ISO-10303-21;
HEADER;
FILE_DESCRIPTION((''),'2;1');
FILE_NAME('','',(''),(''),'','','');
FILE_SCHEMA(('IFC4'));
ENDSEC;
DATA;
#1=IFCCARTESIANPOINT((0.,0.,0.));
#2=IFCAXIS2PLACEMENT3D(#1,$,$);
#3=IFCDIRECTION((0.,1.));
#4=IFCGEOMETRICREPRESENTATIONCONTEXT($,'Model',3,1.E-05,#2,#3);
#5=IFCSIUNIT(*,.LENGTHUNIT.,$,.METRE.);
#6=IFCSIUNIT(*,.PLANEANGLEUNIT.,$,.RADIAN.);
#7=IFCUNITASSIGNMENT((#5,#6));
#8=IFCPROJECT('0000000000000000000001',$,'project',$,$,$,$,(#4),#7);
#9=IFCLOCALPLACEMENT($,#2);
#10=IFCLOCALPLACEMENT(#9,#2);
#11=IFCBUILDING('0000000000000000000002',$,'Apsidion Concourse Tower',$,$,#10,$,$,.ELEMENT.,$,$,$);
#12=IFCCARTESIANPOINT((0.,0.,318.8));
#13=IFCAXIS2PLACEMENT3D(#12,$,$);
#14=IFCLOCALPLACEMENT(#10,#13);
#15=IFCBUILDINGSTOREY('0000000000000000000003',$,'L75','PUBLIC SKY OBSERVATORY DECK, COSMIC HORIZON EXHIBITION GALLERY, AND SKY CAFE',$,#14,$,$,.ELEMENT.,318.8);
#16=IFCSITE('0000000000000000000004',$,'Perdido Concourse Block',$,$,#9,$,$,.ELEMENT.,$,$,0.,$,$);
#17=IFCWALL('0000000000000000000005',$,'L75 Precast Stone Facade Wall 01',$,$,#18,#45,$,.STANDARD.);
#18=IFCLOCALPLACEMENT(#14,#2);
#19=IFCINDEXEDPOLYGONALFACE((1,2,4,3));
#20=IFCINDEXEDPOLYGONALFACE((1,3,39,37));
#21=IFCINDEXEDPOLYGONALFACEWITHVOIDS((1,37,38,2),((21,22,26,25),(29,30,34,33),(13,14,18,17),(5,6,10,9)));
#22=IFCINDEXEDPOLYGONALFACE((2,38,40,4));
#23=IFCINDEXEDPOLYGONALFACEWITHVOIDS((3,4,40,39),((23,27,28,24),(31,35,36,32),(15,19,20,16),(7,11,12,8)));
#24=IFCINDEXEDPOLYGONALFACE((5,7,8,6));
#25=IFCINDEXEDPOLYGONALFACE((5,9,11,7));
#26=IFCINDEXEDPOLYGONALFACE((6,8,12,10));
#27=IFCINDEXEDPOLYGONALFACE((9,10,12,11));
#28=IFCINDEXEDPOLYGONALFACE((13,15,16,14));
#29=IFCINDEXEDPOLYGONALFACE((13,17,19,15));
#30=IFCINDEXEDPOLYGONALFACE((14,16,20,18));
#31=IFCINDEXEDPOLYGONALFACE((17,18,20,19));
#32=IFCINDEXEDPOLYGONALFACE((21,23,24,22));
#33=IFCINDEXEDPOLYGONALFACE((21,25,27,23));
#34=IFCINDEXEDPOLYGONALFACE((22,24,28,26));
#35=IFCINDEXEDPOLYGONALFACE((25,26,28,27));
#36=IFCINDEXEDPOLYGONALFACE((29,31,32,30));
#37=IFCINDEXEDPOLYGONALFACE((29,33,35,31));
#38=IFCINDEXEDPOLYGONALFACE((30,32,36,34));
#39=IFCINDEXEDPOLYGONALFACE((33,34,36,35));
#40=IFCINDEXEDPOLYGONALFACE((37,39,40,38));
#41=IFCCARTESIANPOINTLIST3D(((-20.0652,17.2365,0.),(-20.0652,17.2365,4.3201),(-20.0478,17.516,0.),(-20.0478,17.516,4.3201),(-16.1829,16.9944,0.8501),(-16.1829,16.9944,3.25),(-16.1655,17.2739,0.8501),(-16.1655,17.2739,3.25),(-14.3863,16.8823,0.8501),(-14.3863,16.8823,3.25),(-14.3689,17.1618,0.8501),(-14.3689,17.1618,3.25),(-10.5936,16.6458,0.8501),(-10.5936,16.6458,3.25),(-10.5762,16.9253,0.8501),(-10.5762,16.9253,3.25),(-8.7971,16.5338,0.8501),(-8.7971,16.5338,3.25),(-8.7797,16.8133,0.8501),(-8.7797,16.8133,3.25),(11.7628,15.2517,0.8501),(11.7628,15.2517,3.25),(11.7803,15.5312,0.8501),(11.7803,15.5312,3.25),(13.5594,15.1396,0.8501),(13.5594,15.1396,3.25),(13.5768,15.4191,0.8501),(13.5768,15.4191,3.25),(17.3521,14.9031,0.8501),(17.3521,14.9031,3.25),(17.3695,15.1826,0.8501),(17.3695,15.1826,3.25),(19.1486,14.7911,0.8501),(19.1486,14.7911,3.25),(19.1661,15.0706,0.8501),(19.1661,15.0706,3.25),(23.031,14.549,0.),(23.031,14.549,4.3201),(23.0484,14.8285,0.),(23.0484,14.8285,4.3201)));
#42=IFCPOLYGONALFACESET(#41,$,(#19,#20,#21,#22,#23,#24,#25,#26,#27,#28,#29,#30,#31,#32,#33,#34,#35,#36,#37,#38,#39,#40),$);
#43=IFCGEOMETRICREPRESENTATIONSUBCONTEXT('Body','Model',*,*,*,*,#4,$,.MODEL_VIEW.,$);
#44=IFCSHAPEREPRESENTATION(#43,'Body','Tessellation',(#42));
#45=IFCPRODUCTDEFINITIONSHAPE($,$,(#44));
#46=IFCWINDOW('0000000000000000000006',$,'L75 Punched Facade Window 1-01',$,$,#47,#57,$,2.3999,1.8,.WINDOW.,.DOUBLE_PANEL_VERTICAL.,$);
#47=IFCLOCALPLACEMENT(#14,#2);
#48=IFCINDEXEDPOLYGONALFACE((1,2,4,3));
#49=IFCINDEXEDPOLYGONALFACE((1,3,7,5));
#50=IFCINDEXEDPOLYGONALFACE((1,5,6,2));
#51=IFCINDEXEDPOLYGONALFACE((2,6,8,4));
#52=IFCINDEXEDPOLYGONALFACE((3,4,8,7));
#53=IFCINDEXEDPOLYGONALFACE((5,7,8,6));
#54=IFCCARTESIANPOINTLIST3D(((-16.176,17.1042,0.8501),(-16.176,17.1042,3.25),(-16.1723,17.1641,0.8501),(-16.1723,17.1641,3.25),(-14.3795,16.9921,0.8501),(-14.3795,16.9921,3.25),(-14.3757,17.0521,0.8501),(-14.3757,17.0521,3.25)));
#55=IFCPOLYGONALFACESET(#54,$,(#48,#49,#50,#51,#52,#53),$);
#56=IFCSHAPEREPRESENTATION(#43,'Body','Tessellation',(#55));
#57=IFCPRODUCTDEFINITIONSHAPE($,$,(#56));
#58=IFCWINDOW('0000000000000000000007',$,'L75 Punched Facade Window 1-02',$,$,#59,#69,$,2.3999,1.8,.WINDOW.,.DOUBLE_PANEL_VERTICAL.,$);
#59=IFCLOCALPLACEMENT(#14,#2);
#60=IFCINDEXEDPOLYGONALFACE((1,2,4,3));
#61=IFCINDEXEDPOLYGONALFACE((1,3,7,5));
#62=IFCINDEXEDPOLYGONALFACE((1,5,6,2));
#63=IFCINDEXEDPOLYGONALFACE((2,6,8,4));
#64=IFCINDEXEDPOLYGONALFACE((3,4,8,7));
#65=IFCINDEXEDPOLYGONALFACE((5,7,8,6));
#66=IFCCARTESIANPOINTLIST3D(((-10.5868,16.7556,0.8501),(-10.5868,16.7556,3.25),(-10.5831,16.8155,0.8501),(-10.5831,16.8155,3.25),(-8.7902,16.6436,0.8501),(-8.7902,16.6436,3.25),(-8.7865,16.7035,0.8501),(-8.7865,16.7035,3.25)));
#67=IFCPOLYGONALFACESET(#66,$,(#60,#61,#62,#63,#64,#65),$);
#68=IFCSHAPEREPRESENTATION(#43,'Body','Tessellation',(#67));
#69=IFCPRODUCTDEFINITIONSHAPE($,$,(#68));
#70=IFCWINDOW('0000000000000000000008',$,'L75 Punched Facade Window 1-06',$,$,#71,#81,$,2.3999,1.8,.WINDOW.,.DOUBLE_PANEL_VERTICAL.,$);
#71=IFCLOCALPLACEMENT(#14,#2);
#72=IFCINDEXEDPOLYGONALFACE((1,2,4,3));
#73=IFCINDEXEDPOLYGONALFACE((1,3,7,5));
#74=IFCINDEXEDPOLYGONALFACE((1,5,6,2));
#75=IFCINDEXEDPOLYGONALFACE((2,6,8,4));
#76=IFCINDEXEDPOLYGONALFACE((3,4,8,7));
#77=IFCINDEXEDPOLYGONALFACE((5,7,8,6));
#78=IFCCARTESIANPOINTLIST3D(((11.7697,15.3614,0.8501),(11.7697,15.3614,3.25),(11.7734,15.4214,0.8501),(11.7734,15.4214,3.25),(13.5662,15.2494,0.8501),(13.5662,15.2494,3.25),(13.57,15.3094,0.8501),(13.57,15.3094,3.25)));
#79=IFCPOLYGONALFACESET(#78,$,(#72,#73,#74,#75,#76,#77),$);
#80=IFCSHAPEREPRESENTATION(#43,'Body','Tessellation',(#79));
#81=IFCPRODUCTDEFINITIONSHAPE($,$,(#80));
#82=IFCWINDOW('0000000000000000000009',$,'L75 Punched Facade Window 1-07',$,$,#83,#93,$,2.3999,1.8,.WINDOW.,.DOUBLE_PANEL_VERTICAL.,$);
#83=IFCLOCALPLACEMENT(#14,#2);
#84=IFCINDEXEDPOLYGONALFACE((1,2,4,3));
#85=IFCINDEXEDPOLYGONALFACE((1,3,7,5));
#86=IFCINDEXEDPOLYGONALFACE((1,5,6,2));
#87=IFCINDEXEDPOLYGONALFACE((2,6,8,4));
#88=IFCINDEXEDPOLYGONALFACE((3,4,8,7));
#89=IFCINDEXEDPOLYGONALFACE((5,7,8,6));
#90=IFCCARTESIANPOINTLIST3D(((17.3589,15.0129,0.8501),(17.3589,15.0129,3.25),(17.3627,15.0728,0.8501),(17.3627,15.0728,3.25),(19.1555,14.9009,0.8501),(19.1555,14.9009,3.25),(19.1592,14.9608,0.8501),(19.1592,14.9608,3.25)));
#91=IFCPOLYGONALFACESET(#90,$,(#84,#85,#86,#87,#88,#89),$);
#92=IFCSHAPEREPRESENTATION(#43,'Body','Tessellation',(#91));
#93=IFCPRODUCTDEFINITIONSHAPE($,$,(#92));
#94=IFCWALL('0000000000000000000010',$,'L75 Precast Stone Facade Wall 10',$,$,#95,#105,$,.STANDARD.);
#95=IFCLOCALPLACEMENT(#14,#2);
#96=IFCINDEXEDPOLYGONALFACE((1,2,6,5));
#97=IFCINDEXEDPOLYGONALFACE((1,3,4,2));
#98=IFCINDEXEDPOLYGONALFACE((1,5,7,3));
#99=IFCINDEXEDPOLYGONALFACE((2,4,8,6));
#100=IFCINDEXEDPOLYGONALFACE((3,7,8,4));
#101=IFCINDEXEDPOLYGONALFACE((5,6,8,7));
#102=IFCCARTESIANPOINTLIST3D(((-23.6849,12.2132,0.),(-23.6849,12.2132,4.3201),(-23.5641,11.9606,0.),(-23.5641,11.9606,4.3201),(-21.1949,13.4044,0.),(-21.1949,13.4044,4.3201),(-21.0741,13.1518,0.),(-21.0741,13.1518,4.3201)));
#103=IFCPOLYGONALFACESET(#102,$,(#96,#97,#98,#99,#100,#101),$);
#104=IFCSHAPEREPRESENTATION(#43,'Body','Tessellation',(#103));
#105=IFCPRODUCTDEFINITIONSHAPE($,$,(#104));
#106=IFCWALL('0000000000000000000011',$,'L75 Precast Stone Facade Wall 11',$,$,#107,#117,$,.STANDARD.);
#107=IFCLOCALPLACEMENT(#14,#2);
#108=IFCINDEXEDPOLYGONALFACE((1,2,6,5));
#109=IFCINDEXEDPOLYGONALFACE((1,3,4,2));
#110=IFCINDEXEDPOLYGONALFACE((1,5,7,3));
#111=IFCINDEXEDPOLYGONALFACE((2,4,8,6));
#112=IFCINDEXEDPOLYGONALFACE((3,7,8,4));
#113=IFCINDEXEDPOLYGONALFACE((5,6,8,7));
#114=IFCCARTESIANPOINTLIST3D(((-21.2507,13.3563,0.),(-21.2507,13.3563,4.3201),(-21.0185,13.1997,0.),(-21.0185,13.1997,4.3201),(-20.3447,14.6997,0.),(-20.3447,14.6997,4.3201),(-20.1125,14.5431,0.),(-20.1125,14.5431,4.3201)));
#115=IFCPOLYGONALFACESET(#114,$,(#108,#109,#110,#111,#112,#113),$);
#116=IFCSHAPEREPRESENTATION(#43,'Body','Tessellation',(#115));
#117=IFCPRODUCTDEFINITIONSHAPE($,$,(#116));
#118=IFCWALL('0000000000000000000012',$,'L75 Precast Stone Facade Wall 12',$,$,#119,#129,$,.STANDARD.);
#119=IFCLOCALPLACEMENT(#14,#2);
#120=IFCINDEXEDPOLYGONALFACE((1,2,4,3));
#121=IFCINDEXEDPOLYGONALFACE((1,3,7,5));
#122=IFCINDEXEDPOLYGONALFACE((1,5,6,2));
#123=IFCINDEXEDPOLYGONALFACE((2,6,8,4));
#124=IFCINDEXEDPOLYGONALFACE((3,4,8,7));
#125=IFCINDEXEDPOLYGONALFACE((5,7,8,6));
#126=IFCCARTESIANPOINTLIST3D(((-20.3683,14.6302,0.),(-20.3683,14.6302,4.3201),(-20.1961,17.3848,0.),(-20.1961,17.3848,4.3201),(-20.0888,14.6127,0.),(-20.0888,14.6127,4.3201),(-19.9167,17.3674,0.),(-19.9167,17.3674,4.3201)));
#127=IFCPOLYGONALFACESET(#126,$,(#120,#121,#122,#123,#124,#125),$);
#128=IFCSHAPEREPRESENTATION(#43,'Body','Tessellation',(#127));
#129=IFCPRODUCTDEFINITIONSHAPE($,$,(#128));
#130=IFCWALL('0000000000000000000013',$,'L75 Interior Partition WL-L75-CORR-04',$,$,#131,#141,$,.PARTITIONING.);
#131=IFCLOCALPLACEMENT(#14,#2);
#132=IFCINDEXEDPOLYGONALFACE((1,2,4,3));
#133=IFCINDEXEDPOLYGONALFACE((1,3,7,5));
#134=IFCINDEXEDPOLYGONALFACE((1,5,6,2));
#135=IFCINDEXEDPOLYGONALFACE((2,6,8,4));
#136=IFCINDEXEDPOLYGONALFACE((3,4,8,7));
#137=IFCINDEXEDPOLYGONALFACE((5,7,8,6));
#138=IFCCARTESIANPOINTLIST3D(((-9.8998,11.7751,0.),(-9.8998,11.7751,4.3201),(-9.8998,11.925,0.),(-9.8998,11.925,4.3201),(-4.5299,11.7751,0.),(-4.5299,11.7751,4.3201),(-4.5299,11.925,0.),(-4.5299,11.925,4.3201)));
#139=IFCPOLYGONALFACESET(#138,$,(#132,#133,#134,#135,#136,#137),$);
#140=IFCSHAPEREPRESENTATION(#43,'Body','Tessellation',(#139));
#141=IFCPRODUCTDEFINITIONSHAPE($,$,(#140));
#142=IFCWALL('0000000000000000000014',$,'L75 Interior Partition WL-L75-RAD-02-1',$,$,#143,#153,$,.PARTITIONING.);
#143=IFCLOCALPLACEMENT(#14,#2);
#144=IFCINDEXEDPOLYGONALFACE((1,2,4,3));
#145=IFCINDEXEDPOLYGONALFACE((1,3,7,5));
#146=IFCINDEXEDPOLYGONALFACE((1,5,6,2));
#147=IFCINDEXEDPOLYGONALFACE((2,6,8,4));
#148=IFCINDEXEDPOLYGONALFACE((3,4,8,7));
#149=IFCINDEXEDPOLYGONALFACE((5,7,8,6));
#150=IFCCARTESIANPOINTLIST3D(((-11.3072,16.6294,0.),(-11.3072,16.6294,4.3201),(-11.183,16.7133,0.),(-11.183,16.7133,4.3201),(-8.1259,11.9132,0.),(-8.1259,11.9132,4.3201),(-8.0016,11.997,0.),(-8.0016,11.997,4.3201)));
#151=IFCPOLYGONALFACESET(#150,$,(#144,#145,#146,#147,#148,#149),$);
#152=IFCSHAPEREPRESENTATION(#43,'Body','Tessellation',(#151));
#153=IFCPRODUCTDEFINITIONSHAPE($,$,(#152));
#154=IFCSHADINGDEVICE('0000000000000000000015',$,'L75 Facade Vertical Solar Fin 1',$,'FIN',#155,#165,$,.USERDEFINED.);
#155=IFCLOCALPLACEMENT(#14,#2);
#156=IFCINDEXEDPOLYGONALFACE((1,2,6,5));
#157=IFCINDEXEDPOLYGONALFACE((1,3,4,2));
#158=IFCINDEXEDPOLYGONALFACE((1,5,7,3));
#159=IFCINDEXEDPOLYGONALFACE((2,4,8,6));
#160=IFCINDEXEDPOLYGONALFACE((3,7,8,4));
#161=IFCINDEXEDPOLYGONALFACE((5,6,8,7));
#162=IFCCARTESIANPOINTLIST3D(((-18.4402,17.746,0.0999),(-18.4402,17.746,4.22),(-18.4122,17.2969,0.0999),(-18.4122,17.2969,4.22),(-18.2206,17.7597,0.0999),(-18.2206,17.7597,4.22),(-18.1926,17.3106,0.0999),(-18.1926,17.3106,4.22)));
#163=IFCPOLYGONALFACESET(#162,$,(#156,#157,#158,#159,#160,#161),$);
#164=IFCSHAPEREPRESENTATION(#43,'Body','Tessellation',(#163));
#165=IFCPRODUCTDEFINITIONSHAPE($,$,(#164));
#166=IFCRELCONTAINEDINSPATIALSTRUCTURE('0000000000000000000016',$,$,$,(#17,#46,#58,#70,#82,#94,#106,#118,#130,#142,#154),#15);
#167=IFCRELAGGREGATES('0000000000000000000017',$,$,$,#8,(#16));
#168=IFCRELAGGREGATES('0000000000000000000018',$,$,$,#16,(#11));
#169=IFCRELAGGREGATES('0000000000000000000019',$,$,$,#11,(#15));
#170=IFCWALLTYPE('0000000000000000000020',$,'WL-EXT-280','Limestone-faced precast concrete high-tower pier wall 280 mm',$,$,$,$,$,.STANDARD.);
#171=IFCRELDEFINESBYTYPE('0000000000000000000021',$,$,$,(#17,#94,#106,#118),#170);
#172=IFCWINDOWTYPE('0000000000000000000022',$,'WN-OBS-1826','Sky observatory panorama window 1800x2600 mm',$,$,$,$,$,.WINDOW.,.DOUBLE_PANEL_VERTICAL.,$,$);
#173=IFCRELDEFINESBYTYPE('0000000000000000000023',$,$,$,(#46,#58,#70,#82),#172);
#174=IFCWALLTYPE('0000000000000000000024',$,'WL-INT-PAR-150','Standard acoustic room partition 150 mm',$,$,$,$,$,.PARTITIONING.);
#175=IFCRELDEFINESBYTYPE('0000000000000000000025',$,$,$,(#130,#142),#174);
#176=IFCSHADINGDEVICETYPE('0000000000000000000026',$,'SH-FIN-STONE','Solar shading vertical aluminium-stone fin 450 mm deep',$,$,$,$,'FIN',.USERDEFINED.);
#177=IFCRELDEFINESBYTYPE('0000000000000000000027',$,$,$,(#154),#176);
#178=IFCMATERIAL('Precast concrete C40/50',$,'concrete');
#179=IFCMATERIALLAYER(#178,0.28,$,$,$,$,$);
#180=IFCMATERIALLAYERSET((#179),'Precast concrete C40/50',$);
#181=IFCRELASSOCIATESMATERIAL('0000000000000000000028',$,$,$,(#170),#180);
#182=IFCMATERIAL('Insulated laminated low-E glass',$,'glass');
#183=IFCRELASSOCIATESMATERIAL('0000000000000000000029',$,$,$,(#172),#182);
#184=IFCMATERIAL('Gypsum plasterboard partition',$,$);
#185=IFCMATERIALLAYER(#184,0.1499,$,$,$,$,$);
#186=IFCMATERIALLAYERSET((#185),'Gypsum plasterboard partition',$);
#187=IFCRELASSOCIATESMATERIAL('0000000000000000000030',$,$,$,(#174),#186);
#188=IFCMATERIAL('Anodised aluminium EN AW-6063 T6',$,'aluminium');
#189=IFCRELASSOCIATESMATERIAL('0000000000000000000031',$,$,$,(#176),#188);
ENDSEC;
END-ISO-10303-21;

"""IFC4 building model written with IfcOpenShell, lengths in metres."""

from ifc_helpers import new_model, si_unit, direction, frame, frame_2d, origin, origin_2d, place, context, subcontext, project, spatial, rectangle, extrude, material, layer, layer_set, type_object, element, fill, save


model = new_model("IFC4")

# Units and contexts
model_context = context("Model", 3, precision=1e-05, world=origin(), true_north=direction((0.0, 1.0)))
body_context = subcontext(model_context, "Body", "Model", "MODEL_VIEW")
ifc_project = project(units=[si_unit("LENGTHUNIT", "METRE"), si_unit("PLANEANGLEUNIT", "RADIAN")], contexts=[model_context])

# Site, building, storey
site_placement = place(None, origin())
site = spatial("IfcSite", under=ifc_project, at=site_placement, Name="Perdido Concourse Block", CompositionType="ELEMENT", RefElevation=0.0)
building_placement = place(site_placement, origin())
building = spatial("IfcBuilding", under=site, at=building_placement, Name="Apsidion Concourse Tower", CompositionType="ELEMENT")
storey_placement = place(building_placement, frame((0.0, 0.0, 318.8)))
storey = spatial("IfcBuildingStorey", under=building, at=storey_placement, Name="L75", Description="PUBLIC SKY OBSERVATORY DECK, COSMIC HORIZON EXHIBITION GALLERY, AND SKY CAFE", CompositionType="ELEMENT", Elevation=318.8)

# Wall, openings, windows
ifc_material_1 = material(Name="Precast concrete C40/50", Category="concrete")
ifc_layer_1 = layer(ifc_material_1, 0.28)
ifc_layer_set_1 = layer_set([ifc_layer_1], Name="Precast concrete C40/50")
wall_type_1 = type_object("IfcWallType", Name="WL-EXT-280", Description="Limestone-faced precast concrete high-tower pier wall 280 mm", PredefinedType="STANDARD", material=ifc_layer_set_1)
wall_1_placement = place(storey_placement, frame((-20.0564, 17.3762, 0.0), z_axis=(0.0, 0.0, 1.0), x_axis=(0.998061, -0.06224, 0.0)))
wall_1 = element("IfcWall", 1, at=wall_1_placement, inside=storey, type_object=wall_type_1, Name="L75 Precast Stone Facade Wall 01", PredefinedType="STANDARD", context=body_context, shape_type="SweptSolid", body=[
    extrude(rectangle(XDim=43.1799, YDim=0.28, at=frame_2d((21.5898, 0.0))), origin(), (0.0, 0.0, 1.0), 4.3201),
])
opening_1_placement = place(wall_1_placement, frame((3.8899, 0.0, 0.8501)))
opening_1 = element("IfcOpeningElement", 2, at=opening_1_placement, cuts=wall_1, PredefinedType="OPENING", context=body_context, shape_type="SweptSolid", body=[
    extrude(rectangle(XDim=1.8, YDim=2.3999, at=frame_2d((0.8999, 1.2))), frame((0.0, 0.1499, 0.0), z_axis=(0.0, -1.0, 0.0), x_axis=(1.0, 0.0, 0.0)), (0.0, 0.0, 1.0), 0.3),
])
opening_2_placement = place(wall_1_placement, frame((9.49, 0.0, 0.8501)))
opening_2 = element("IfcOpeningElement", 3, at=opening_2_placement, cuts=wall_1, PredefinedType="OPENING", context=body_context, shape_type="SweptSolid", body=[
    extrude(rectangle(XDim=1.8, YDim=2.3999, at=frame_2d((0.8999, 1.2))), frame((0.0, 0.1499, 0.0), z_axis=(0.0, -1.0, 0.0), x_axis=(1.0, 0.0, 0.0)), (0.0, 0.0, 1.0), 0.3),
])
opening_3_placement = place(wall_1_placement, frame((31.8899, 0.0, 0.8501)))
opening_3 = element("IfcOpeningElement", 4, at=opening_3_placement, cuts=wall_1, PredefinedType="OPENING", context=body_context, shape_type="SweptSolid", body=[
    extrude(rectangle(XDim=1.8, YDim=2.3999, at=frame_2d((0.8999, 1.2))), frame((0.0, 0.1499, 0.0), z_axis=(0.0, -1.0, 0.0), x_axis=(1.0, 0.0, 0.0)), (0.0, 0.0, 1.0), 0.3),
])
opening_4_placement = place(wall_1_placement, frame((37.49, 0.0, 0.8501)))
opening_4 = element("IfcOpeningElement", 5, at=opening_4_placement, cuts=wall_1, PredefinedType="OPENING", context=body_context, shape_type="SweptSolid", body=[
    extrude(rectangle(XDim=1.8, YDim=2.3999, at=frame_2d((0.8999, 1.2))), frame((0.0, 0.1499, 0.0), z_axis=(0.0, -1.0, 0.0), x_axis=(1.0, 0.0, 0.0)), (0.0, 0.0, 1.0), 0.3),
])
ifc_material_2 = material(Name="Insulated laminated low-E glass", Category="glass")
window_type = type_object("IfcWindowType", Name="WN-OBS-1826", Description="Sky observatory panorama window 1800x2600 mm", PartitioningType="DOUBLE_PANEL_VERTICAL", PredefinedType="WINDOW", material=ifc_material_2)
window_1_placement = place(opening_1_placement, origin())
window_1 = element("IfcWindow", 6, at=window_1_placement, inside=storey, type_object=window_type, Name="L75 Punched Facade Window 1-01", OverallHeight=2.3999, OverallWidth=1.8, PartitioningType="DOUBLE_PANEL_VERTICAL", PredefinedType="WINDOW", context=body_context, shape_type="SweptSolid", body=[
    extrude(rectangle(XDim=1.8, YDim=2.3999, at=frame_2d((0.8999, 1.2))), frame((0.0, 0.03, 0.0), z_axis=(0.0, -1.0, 0.0), x_axis=(1.0, 0.0, 0.0)), (0.0, 0.0, 1.0), 0.0601),
])
fill(opening_1, window_1)
window_2_placement = place(opening_2_placement, origin())
window_2 = element("IfcWindow", 7, at=window_2_placement, inside=storey, type_object=window_type, Name="L75 Punched Facade Window 1-02", OverallHeight=2.3999, OverallWidth=1.8, PartitioningType="DOUBLE_PANEL_VERTICAL", PredefinedType="WINDOW", context=body_context, shape_type="SweptSolid", body=[
    extrude(rectangle(XDim=1.8, YDim=2.3999, at=frame_2d((0.8999, 1.2))), frame((0.0, 0.03, 0.0), z_axis=(0.0, -1.0, 0.0), x_axis=(1.0, 0.0, 0.0)), (0.0, 0.0, 1.0), 0.0601),
])
fill(opening_2, window_2)
window_3_placement = place(opening_3_placement, origin())
window_3 = element("IfcWindow", 8, at=window_3_placement, inside=storey, type_object=window_type, Name="L75 Punched Facade Window 1-06", OverallHeight=2.3999, OverallWidth=1.8, PartitioningType="DOUBLE_PANEL_VERTICAL", PredefinedType="WINDOW", context=body_context, shape_type="SweptSolid", body=[
    extrude(rectangle(XDim=1.8, YDim=2.3999, at=frame_2d((0.8999, 1.2))), frame((0.0, 0.03, 0.0), z_axis=(0.0, -1.0, 0.0), x_axis=(1.0, 0.0, 0.0)), (0.0, 0.0, 1.0), 0.0601),
])
fill(opening_3, window_3)
window_4_placement = place(opening_4_placement, origin())
window_4 = element("IfcWindow", 9, at=window_4_placement, inside=storey, type_object=window_type, Name="L75 Punched Facade Window 1-07", OverallHeight=2.3999, OverallWidth=1.8, PartitioningType="DOUBLE_PANEL_VERTICAL", PredefinedType="WINDOW", context=body_context, shape_type="SweptSolid", body=[
    extrude(rectangle(XDim=1.8, YDim=2.3999, at=frame_2d((0.8999, 1.2))), frame((0.0, 0.03, 0.0), z_axis=(0.0, -1.0, 0.0), x_axis=(1.0, 0.0, 0.0)), (0.0, 0.0, 1.0), 0.0601),
])
fill(opening_4, window_4)

# Walls
wall_2_placement = place(storey_placement, frame((-23.6245, 12.0869, 0.0), z_axis=(0.0, 0.0, 1.0), x_axis=(0.902092, 0.431543, 0.0)))
element("IfcWall", 10, at=wall_2_placement, inside=storey, type_object=wall_type_1, Name="L75 Precast Stone Facade Wall 10", PredefinedType="STANDARD", context=body_context, shape_type="SweptSolid", body=[
    extrude(rectangle(XDim=2.7603, YDim=0.28, at=frame_2d((1.3801, 0.0))), origin(), (0.0, 0.0, 1.0), 4.3201),
])
wall_3_placement = place(storey_placement, frame((-21.1345, 13.2781, 0.0), z_axis=(0.0, 0.0, 1.0), x_axis=(0.559108, 0.829095, 0.0)))
element("IfcWall", 11, at=wall_3_placement, inside=storey, type_object=wall_type_1, Name="L75 Precast Stone Facade Wall 11", PredefinedType="STANDARD", context=body_context, shape_type="SweptSolid", body=[
    extrude(rectangle(XDim=1.6204, YDim=0.28, at=frame_2d((0.8101, 0.0))), origin(), (0.0, 0.0, 1.0), 4.3201),
])
wall_4_placement = place(storey_placement, frame((-20.2285, 14.6216, 0.0), z_axis=(0.0, 0.0, 1.0), x_axis=(0.062362, 0.998054, 0.0)))
element("IfcWall", 12, at=wall_4_placement, inside=storey, type_object=wall_type_1, Name="L75 Precast Stone Facade Wall 12", PredefinedType="STANDARD", context=body_context, shape_type="SweptSolid", body=[
    extrude(rectangle(XDim=2.76, YDim=0.28, at=frame_2d((1.3799, 0.0))), origin(), (0.0, 0.0, 1.0), 4.3201),
])
ifc_material_3 = material(Name="Gypsum plasterboard partition")
ifc_layer_2 = layer(ifc_material_3, 0.1499)
ifc_layer_set_2 = layer_set([ifc_layer_2], Name="Gypsum plasterboard partition")
wall_type_2 = type_object("IfcWallType", Name="WL-INT-PAR-150", Description="Standard acoustic room partition 150 mm", PredefinedType="PARTITIONING", material=ifc_layer_set_2)
wall_5_placement = place(storey_placement, frame((-9.8999, 11.8501, 0.0), z_axis=(0.0, 0.0, 1.0), x_axis=(1.0, 0.0, 0.0)))
element("IfcWall", 13, at=wall_5_placement, inside=storey, type_object=wall_type_2, Name="L75 Interior Partition WL-L75-CORR-04", PredefinedType="PARTITIONING", context=body_context, shape_type="SweptSolid", body=[
    extrude(rectangle(XDim=5.3699, YDim=0.1499, at=frame_2d((2.6851, 0.0))), origin(), (0.0, 0.0, 1.0), 4.3201),
])
wall_6_placement = place(storey_placement, frame((-8.0637, 11.9551, 0.0), z_axis=(0.0, 0.0, 1.0), x_axis=(-0.559218, 0.829021, 0.0)))
element("IfcWall", 14, at=wall_6_placement, inside=storey, type_object=wall_type_2, Name="L75 Interior Partition WL-L75-RAD-02-1", PredefinedType="PARTITIONING", context=body_context, shape_type="SweptSolid", body=[
    extrude(rectangle(XDim=5.689, YDim=0.1499, at=frame_2d((2.8445, 0.0))), origin(), (0.0, 0.0, 1.0), 4.3201),
])

# Shading device
ifc_material_4 = material(Name="Anodised aluminium EN AW-6063 T6", Category="aluminium")
shading_device_type = type_object("IfcShadingDeviceType", Name="SH-FIN-STONE", Description="Solar shading vertical aluminium-stone fin 450 mm deep", ElementType="FIN", PredefinedType="USERDEFINED", material=ifc_material_4)
shading_device_placement = place(storey_placement, frame((-18.3164, 17.5283, 0.0999), z_axis=(0.0, 0.0, 1.0), x_axis=(0.998059, 0.062268, 0.0)))
element("IfcShadingDevice", 15, at=shading_device_placement, inside=storey, type_object=shading_device_type, Name="L75 Facade Vertical Solar Fin 1", ObjectType="FIN", PredefinedType="USERDEFINED", context=body_context, shape_type="SweptSolid", body=[
    extrude(rectangle(XDim=0.22, YDim=0.45, at=origin_2d()), origin(), (0.0, 0.0, 1.0), 4.1201),
])

save(model, "model.ifc")
